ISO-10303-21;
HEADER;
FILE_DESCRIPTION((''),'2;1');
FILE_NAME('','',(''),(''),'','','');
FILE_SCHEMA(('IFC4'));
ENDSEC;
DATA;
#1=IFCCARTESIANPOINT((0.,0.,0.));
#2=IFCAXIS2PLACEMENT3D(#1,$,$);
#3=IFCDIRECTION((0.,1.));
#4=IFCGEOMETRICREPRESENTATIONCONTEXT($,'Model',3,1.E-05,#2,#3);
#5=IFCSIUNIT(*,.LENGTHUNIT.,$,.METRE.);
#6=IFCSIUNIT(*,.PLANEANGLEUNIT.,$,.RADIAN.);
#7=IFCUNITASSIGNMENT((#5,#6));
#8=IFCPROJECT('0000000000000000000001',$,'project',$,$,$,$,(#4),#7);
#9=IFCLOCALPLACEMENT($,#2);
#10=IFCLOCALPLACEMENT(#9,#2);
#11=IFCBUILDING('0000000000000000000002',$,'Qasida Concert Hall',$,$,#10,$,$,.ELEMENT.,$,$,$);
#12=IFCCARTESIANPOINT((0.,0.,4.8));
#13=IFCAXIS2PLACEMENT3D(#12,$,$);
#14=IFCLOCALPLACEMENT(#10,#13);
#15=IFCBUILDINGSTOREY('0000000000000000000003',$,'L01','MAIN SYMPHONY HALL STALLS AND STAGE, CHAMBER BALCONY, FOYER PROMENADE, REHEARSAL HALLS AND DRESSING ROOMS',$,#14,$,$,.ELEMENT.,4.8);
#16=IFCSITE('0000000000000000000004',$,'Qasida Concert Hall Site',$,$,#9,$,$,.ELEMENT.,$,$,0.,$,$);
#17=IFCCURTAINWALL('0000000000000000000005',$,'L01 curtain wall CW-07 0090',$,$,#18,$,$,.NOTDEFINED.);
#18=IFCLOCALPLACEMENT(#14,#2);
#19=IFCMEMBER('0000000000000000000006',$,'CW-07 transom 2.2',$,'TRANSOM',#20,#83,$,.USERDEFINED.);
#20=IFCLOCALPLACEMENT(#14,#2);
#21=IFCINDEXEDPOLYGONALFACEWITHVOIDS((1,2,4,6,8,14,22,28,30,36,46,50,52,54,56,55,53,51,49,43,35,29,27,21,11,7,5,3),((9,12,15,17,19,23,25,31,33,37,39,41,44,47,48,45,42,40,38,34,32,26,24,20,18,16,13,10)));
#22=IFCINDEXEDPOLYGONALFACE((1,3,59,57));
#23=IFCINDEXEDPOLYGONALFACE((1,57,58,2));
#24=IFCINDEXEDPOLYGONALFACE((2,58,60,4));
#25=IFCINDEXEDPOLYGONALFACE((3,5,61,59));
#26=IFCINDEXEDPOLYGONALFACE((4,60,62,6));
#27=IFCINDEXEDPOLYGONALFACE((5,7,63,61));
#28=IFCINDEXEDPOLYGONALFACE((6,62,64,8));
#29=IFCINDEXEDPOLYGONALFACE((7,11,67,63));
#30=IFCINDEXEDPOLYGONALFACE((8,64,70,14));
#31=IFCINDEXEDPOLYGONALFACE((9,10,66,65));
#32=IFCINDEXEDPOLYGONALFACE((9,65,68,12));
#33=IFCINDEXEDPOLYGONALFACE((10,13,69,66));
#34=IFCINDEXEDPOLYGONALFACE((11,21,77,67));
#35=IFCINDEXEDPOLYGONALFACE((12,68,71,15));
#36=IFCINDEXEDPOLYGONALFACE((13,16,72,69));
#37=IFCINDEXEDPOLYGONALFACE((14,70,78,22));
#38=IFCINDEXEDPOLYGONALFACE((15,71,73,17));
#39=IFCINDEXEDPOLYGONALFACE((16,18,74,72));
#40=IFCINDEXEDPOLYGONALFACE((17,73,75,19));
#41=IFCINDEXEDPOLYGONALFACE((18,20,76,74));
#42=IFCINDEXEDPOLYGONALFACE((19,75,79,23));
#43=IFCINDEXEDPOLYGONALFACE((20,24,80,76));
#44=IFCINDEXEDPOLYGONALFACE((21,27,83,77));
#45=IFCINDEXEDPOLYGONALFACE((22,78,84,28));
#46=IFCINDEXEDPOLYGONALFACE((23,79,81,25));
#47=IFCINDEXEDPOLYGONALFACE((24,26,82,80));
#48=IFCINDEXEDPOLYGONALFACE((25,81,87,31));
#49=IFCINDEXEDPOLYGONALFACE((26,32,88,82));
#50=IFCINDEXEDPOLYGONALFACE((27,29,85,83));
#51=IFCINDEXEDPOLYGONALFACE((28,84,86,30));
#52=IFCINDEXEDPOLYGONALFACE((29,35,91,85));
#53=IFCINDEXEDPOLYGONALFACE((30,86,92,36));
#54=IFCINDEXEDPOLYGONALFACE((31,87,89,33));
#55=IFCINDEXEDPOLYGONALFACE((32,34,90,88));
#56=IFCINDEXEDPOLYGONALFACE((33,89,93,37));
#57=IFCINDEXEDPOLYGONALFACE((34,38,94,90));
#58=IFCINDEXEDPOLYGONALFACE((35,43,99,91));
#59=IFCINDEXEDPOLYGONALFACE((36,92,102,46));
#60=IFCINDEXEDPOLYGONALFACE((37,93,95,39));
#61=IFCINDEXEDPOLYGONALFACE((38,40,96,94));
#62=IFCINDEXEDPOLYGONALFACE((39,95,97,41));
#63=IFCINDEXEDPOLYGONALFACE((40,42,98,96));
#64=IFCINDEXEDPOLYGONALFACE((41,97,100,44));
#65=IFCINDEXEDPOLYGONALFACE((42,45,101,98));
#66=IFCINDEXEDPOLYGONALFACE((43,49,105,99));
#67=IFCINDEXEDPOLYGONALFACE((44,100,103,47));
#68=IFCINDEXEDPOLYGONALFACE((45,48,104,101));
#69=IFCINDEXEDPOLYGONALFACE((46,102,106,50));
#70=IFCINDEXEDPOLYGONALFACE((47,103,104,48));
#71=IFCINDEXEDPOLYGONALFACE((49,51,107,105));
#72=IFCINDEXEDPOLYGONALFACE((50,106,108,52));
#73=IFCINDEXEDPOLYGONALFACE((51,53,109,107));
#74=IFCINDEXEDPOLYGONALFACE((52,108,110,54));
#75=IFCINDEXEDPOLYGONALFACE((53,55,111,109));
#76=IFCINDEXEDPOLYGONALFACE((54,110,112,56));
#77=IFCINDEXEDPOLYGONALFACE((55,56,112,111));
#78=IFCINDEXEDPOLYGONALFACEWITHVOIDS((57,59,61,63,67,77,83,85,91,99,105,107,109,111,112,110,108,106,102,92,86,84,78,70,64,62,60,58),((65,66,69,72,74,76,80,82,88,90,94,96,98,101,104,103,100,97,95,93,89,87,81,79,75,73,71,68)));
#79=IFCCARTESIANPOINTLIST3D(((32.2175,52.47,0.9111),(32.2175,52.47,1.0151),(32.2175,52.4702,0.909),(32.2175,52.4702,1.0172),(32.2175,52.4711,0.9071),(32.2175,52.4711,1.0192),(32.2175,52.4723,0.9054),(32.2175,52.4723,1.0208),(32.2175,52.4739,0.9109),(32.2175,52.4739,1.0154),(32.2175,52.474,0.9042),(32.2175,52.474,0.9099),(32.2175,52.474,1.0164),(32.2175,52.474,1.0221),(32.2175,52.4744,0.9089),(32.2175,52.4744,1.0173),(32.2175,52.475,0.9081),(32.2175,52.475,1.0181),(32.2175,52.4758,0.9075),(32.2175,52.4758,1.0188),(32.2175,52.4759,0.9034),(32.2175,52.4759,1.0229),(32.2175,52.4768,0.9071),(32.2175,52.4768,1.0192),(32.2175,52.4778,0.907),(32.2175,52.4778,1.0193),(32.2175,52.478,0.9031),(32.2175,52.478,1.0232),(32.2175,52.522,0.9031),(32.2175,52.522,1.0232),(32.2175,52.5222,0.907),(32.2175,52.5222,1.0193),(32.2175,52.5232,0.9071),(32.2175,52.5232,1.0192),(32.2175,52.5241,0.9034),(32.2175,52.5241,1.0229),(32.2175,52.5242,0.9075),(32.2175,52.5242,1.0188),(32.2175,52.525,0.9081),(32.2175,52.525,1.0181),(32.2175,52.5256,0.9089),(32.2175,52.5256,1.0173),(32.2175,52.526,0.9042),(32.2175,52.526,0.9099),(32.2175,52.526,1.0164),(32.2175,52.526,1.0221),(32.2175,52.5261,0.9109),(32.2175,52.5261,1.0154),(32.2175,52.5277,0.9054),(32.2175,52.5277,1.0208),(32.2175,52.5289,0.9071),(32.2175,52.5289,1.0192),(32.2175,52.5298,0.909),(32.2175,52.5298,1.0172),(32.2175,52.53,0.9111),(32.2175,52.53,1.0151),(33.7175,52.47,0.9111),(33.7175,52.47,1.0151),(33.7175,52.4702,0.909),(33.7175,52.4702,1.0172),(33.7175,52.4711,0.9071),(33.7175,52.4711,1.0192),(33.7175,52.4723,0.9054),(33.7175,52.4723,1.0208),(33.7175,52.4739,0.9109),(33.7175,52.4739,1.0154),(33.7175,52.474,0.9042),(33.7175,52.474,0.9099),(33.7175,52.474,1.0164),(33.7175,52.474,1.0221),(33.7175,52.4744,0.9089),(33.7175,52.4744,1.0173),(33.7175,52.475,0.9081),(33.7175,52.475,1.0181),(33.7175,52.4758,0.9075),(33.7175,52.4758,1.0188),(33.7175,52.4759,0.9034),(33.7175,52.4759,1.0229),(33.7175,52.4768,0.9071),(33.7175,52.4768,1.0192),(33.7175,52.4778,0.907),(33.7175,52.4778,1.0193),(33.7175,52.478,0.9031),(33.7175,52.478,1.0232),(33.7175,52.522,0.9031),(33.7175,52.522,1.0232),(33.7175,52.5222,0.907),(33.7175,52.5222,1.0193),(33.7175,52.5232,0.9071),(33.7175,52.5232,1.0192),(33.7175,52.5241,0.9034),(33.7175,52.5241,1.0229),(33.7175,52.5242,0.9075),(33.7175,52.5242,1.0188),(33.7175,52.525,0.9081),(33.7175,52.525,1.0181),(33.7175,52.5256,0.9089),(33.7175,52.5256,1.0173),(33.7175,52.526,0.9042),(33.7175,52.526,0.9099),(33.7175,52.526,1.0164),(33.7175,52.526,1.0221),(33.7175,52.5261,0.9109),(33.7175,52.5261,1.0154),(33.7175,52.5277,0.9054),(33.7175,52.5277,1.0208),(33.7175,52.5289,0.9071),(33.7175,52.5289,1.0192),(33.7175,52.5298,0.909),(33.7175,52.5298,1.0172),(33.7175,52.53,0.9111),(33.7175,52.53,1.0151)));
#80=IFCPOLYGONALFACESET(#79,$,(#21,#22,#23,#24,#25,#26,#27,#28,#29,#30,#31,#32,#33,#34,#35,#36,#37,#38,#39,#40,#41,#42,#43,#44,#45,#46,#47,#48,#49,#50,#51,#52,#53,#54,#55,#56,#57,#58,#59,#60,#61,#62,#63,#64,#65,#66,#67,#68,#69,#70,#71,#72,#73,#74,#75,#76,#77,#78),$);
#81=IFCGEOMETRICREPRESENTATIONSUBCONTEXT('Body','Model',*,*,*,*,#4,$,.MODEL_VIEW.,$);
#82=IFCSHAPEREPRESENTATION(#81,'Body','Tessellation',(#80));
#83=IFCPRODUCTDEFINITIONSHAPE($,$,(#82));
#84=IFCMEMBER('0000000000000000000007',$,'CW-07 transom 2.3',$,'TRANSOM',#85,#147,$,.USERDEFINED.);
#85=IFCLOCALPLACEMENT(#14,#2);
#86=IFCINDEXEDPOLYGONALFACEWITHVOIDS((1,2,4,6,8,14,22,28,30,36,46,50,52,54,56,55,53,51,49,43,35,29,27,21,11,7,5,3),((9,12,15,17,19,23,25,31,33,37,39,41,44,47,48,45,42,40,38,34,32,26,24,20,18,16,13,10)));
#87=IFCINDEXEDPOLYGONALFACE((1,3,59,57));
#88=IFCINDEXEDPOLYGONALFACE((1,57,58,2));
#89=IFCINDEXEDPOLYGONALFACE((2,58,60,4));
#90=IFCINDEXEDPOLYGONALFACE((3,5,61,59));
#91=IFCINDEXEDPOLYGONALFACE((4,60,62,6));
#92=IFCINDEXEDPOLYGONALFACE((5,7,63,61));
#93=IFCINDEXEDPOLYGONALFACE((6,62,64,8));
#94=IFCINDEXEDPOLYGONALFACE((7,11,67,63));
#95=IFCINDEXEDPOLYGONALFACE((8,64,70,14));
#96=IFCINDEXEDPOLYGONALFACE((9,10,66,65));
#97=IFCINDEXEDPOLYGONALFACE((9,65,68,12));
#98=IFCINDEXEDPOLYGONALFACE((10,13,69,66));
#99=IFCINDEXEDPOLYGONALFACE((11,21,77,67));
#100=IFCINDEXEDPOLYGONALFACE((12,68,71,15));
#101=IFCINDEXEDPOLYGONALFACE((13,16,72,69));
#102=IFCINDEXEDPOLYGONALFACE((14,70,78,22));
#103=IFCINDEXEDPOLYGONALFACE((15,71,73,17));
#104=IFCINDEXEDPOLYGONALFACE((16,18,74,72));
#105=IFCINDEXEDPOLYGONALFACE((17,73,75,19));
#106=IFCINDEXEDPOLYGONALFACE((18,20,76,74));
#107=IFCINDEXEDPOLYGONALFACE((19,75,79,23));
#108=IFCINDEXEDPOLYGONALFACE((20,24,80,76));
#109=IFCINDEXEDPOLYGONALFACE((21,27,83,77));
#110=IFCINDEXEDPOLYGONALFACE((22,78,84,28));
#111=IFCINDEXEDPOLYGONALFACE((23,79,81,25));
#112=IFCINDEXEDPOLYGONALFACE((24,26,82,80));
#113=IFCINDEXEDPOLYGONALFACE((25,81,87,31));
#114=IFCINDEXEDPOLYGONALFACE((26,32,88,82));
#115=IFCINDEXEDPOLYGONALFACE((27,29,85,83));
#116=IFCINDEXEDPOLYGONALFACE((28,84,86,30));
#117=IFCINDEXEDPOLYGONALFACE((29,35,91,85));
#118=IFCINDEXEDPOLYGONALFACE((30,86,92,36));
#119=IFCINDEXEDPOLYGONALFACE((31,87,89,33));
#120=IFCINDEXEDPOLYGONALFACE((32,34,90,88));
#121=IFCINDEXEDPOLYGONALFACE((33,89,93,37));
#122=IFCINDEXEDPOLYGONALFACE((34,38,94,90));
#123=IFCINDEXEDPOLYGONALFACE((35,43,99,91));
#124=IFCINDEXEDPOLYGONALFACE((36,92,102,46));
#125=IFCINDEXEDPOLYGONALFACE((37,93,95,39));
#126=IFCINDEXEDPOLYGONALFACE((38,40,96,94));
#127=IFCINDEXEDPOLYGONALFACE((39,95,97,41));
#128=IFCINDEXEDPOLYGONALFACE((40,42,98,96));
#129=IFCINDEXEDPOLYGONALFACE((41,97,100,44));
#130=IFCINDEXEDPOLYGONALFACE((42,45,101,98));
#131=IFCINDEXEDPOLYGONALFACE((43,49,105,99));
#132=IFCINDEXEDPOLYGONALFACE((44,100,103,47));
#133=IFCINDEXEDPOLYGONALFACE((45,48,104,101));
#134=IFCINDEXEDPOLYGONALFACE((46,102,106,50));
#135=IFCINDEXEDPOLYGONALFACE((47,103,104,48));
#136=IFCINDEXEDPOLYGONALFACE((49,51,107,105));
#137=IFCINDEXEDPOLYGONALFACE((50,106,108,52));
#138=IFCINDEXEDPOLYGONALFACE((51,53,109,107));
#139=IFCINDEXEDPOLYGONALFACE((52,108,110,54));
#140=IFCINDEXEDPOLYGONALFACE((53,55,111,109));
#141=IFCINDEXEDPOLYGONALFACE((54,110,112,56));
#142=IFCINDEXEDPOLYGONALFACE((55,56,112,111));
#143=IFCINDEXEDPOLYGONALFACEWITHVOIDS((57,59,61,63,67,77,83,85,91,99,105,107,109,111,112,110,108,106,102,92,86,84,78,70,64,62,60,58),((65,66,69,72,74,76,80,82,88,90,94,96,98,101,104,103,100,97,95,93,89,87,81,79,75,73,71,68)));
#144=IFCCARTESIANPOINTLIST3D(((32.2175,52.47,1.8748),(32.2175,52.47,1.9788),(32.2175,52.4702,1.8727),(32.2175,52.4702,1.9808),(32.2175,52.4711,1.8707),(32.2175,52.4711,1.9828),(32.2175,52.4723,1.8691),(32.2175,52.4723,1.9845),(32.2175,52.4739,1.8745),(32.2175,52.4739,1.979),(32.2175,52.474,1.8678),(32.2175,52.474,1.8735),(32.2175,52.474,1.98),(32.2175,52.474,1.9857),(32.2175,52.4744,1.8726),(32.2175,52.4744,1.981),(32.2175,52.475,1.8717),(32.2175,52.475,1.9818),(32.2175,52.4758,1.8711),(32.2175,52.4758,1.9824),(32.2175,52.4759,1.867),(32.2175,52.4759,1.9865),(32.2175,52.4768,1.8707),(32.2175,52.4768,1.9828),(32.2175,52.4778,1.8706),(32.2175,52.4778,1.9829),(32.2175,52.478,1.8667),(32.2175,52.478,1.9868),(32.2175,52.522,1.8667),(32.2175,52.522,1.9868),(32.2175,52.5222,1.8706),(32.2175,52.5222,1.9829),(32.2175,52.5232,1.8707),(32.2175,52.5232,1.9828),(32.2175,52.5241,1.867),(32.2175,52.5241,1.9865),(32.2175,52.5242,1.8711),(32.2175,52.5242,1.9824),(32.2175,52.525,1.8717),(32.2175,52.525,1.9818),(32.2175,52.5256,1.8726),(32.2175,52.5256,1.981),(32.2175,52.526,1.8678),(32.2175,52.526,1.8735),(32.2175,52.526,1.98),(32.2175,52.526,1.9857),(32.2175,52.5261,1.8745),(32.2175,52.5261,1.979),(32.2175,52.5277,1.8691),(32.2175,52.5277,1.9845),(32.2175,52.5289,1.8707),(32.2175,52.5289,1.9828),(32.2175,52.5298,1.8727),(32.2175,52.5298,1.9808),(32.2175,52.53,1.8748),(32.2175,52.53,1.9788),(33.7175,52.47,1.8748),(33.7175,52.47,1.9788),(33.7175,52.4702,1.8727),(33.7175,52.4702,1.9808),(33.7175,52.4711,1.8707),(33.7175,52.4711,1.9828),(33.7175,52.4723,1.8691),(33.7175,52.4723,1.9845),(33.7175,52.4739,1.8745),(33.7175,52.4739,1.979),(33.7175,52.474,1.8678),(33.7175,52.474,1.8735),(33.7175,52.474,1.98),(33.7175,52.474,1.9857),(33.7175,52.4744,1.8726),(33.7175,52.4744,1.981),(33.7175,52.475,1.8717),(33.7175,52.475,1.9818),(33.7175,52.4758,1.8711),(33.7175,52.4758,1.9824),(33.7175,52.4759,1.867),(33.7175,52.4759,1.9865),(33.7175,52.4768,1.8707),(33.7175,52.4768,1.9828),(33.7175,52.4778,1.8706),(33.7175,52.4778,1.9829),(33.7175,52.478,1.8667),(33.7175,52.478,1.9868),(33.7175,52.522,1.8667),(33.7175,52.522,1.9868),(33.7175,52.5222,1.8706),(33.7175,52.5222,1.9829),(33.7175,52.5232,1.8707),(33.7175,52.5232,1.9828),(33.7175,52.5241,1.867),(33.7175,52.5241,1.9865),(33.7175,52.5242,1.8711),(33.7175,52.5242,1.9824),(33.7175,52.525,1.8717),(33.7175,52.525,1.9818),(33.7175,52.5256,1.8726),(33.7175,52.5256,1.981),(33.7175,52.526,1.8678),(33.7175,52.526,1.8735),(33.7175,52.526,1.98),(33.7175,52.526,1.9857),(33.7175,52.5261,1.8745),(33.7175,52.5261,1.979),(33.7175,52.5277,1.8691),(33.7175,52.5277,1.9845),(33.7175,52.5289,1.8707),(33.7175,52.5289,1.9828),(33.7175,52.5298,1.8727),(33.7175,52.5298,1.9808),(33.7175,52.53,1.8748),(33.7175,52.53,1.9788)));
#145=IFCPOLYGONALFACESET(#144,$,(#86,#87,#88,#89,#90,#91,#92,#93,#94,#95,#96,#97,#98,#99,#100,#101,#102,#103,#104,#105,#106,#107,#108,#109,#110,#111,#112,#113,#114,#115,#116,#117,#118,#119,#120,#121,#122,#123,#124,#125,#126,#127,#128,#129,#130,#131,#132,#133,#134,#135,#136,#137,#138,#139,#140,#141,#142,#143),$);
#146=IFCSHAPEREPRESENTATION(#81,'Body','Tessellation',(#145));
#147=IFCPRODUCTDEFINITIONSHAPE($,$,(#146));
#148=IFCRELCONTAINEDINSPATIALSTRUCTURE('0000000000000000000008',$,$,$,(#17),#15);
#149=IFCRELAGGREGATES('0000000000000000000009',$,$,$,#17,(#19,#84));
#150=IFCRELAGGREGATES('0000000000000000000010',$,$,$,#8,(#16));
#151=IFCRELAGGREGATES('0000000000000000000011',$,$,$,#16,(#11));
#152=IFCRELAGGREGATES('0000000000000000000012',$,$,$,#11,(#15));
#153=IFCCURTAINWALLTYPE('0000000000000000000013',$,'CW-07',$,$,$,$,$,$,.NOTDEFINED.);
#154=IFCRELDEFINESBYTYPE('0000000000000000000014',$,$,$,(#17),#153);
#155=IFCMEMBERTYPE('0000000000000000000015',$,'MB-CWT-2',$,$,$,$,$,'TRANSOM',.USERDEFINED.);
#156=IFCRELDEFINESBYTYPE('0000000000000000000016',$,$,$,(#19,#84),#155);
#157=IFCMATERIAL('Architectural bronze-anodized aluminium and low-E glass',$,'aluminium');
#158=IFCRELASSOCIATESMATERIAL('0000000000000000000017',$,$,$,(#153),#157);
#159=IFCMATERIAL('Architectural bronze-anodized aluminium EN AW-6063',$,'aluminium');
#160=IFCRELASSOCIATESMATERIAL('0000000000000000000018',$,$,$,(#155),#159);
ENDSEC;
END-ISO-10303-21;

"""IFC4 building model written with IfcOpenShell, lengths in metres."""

from ifc_helpers import new_model, si_unit, direction, frame, origin, origin_2d, place, context, subcontext, project, spatial, hollow_rectangle, extrude, material, material_profile, profile_set, type_object, element, aggregate, save


model = new_model("IFC4")

# Units and contexts
model_context = context("Model", 3, precision=1e-05, world=origin(), true_north=direction((0.0, 1.0)))
body_context = subcontext(model_context, "Body", "Model", "MODEL_VIEW")
ifc_project = project(units=[si_unit("LENGTHUNIT", "METRE"), si_unit("PLANEANGLEUNIT", "RADIAN")], contexts=[model_context])

# Site, building, storey
site_placement = place(None, origin())
site = spatial("IfcSite", under=ifc_project, at=site_placement, Name="Qasida Concert Hall Site", CompositionType="ELEMENT", RefElevation=0.0)
building_placement = place(site_placement, origin())
building = spatial("IfcBuilding", under=site, at=building_placement, Name="Qasida Concert Hall", CompositionType="ELEMENT")
storey_placement = place(building_placement, frame((0.0, 0.0, 4.8)))
storey = spatial("IfcBuildingStorey", under=building, at=storey_placement, Name="L01", Description="MAIN SYMPHONY HALL STALLS AND STAGE, CHAMBER BALCONY, FOYER PROMENADE, REHEARSAL HALLS AND DRESSING ROOMS", CompositionType="ELEMENT", Elevation=4.8)

# Curtain wall
ifc_material_1 = material(Name="Architectural bronze-anodized aluminium and low-E glass", Category="aluminium")
curtain_wall_type_1 = type_object("IfcCurtainWallType", Name="CW-07", PredefinedType="NOTDEFINED", material=ifc_material_1)
curtain_wall_1_placement = place(storey_placement, origin())
curtain_wall_1 = element("IfcCurtainWall", 1, at=curtain_wall_1_placement, inside=storey, type_object=curtain_wall_type_1, Name="L01 curtain wall CW-07 0090", PredefinedType="NOTDEFINED")
ifc_material_2 = material(Name="Architectural bronze-anodized aluminium EN AW-6063", Category="aluminium")

# Members
ifc_material_profile_1 = material_profile(ifc_material_2, hollow_rectangle(XDim=0.0601, YDim=0.1201, WallThickness=0.0039, InnerFilletRadius=0.0039, OuterFilletRadius=0.0081, at=origin_2d()), Name="CWT 120x60x4")
ifc_profile_set_1 = profile_set([ifc_material_profile_1], Name="Architectural bronze-anodized aluminium EN AW-6063")
member_type_1 = type_object("IfcMemberType", Name="MB-CWT-2", ElementType="TRANSOM", PredefinedType="USERDEFINED", material=ifc_profile_set_1)
member_1_placement = place(storey_placement, frame((32.2175, 52.5, 0.9631), z_axis=(1.0, 0.0, 0.0), x_axis=(0.0, 1.0, 0.0)))
member_1 = element("IfcMember", 2, at=member_1_placement, type_object=member_type_1, Name="CW-07 transom 2.2", ObjectType="TRANSOM", PredefinedType="USERDEFINED", context=body_context, shape_type="SweptSolid", body=[
    extrude(hollow_rectangle(XDim=0.0601, YDim=0.1201, WallThickness=0.0039, InnerFilletRadius=0.0039, OuterFilletRadius=0.0081, at=origin_2d()), origin(), (0.0, 0.0, 1.0), 1.5),
])
member_2_placement = place(storey_placement, frame((32.2175, 52.5, 1.9268), z_axis=(1.0, 0.0, 0.0), x_axis=(0.0, 1.0, 0.0)))
member_2 = element("IfcMember", 3, at=member_2_placement, type_object=member_type_1, Name="CW-07 transom 2.3", ObjectType="TRANSOM", PredefinedType="USERDEFINED", context=body_context, shape_type="SweptSolid", body=[
    extrude(hollow_rectangle(XDim=0.0601, YDim=0.1201, WallThickness=0.0039, InnerFilletRadius=0.0039, OuterFilletRadius=0.0081, at=origin_2d()), origin(), (0.0, 0.0, 1.0), 1.5),
])

aggregate(curtain_wall_1, [member_1, member_2])

save(model, "model.ifc")
